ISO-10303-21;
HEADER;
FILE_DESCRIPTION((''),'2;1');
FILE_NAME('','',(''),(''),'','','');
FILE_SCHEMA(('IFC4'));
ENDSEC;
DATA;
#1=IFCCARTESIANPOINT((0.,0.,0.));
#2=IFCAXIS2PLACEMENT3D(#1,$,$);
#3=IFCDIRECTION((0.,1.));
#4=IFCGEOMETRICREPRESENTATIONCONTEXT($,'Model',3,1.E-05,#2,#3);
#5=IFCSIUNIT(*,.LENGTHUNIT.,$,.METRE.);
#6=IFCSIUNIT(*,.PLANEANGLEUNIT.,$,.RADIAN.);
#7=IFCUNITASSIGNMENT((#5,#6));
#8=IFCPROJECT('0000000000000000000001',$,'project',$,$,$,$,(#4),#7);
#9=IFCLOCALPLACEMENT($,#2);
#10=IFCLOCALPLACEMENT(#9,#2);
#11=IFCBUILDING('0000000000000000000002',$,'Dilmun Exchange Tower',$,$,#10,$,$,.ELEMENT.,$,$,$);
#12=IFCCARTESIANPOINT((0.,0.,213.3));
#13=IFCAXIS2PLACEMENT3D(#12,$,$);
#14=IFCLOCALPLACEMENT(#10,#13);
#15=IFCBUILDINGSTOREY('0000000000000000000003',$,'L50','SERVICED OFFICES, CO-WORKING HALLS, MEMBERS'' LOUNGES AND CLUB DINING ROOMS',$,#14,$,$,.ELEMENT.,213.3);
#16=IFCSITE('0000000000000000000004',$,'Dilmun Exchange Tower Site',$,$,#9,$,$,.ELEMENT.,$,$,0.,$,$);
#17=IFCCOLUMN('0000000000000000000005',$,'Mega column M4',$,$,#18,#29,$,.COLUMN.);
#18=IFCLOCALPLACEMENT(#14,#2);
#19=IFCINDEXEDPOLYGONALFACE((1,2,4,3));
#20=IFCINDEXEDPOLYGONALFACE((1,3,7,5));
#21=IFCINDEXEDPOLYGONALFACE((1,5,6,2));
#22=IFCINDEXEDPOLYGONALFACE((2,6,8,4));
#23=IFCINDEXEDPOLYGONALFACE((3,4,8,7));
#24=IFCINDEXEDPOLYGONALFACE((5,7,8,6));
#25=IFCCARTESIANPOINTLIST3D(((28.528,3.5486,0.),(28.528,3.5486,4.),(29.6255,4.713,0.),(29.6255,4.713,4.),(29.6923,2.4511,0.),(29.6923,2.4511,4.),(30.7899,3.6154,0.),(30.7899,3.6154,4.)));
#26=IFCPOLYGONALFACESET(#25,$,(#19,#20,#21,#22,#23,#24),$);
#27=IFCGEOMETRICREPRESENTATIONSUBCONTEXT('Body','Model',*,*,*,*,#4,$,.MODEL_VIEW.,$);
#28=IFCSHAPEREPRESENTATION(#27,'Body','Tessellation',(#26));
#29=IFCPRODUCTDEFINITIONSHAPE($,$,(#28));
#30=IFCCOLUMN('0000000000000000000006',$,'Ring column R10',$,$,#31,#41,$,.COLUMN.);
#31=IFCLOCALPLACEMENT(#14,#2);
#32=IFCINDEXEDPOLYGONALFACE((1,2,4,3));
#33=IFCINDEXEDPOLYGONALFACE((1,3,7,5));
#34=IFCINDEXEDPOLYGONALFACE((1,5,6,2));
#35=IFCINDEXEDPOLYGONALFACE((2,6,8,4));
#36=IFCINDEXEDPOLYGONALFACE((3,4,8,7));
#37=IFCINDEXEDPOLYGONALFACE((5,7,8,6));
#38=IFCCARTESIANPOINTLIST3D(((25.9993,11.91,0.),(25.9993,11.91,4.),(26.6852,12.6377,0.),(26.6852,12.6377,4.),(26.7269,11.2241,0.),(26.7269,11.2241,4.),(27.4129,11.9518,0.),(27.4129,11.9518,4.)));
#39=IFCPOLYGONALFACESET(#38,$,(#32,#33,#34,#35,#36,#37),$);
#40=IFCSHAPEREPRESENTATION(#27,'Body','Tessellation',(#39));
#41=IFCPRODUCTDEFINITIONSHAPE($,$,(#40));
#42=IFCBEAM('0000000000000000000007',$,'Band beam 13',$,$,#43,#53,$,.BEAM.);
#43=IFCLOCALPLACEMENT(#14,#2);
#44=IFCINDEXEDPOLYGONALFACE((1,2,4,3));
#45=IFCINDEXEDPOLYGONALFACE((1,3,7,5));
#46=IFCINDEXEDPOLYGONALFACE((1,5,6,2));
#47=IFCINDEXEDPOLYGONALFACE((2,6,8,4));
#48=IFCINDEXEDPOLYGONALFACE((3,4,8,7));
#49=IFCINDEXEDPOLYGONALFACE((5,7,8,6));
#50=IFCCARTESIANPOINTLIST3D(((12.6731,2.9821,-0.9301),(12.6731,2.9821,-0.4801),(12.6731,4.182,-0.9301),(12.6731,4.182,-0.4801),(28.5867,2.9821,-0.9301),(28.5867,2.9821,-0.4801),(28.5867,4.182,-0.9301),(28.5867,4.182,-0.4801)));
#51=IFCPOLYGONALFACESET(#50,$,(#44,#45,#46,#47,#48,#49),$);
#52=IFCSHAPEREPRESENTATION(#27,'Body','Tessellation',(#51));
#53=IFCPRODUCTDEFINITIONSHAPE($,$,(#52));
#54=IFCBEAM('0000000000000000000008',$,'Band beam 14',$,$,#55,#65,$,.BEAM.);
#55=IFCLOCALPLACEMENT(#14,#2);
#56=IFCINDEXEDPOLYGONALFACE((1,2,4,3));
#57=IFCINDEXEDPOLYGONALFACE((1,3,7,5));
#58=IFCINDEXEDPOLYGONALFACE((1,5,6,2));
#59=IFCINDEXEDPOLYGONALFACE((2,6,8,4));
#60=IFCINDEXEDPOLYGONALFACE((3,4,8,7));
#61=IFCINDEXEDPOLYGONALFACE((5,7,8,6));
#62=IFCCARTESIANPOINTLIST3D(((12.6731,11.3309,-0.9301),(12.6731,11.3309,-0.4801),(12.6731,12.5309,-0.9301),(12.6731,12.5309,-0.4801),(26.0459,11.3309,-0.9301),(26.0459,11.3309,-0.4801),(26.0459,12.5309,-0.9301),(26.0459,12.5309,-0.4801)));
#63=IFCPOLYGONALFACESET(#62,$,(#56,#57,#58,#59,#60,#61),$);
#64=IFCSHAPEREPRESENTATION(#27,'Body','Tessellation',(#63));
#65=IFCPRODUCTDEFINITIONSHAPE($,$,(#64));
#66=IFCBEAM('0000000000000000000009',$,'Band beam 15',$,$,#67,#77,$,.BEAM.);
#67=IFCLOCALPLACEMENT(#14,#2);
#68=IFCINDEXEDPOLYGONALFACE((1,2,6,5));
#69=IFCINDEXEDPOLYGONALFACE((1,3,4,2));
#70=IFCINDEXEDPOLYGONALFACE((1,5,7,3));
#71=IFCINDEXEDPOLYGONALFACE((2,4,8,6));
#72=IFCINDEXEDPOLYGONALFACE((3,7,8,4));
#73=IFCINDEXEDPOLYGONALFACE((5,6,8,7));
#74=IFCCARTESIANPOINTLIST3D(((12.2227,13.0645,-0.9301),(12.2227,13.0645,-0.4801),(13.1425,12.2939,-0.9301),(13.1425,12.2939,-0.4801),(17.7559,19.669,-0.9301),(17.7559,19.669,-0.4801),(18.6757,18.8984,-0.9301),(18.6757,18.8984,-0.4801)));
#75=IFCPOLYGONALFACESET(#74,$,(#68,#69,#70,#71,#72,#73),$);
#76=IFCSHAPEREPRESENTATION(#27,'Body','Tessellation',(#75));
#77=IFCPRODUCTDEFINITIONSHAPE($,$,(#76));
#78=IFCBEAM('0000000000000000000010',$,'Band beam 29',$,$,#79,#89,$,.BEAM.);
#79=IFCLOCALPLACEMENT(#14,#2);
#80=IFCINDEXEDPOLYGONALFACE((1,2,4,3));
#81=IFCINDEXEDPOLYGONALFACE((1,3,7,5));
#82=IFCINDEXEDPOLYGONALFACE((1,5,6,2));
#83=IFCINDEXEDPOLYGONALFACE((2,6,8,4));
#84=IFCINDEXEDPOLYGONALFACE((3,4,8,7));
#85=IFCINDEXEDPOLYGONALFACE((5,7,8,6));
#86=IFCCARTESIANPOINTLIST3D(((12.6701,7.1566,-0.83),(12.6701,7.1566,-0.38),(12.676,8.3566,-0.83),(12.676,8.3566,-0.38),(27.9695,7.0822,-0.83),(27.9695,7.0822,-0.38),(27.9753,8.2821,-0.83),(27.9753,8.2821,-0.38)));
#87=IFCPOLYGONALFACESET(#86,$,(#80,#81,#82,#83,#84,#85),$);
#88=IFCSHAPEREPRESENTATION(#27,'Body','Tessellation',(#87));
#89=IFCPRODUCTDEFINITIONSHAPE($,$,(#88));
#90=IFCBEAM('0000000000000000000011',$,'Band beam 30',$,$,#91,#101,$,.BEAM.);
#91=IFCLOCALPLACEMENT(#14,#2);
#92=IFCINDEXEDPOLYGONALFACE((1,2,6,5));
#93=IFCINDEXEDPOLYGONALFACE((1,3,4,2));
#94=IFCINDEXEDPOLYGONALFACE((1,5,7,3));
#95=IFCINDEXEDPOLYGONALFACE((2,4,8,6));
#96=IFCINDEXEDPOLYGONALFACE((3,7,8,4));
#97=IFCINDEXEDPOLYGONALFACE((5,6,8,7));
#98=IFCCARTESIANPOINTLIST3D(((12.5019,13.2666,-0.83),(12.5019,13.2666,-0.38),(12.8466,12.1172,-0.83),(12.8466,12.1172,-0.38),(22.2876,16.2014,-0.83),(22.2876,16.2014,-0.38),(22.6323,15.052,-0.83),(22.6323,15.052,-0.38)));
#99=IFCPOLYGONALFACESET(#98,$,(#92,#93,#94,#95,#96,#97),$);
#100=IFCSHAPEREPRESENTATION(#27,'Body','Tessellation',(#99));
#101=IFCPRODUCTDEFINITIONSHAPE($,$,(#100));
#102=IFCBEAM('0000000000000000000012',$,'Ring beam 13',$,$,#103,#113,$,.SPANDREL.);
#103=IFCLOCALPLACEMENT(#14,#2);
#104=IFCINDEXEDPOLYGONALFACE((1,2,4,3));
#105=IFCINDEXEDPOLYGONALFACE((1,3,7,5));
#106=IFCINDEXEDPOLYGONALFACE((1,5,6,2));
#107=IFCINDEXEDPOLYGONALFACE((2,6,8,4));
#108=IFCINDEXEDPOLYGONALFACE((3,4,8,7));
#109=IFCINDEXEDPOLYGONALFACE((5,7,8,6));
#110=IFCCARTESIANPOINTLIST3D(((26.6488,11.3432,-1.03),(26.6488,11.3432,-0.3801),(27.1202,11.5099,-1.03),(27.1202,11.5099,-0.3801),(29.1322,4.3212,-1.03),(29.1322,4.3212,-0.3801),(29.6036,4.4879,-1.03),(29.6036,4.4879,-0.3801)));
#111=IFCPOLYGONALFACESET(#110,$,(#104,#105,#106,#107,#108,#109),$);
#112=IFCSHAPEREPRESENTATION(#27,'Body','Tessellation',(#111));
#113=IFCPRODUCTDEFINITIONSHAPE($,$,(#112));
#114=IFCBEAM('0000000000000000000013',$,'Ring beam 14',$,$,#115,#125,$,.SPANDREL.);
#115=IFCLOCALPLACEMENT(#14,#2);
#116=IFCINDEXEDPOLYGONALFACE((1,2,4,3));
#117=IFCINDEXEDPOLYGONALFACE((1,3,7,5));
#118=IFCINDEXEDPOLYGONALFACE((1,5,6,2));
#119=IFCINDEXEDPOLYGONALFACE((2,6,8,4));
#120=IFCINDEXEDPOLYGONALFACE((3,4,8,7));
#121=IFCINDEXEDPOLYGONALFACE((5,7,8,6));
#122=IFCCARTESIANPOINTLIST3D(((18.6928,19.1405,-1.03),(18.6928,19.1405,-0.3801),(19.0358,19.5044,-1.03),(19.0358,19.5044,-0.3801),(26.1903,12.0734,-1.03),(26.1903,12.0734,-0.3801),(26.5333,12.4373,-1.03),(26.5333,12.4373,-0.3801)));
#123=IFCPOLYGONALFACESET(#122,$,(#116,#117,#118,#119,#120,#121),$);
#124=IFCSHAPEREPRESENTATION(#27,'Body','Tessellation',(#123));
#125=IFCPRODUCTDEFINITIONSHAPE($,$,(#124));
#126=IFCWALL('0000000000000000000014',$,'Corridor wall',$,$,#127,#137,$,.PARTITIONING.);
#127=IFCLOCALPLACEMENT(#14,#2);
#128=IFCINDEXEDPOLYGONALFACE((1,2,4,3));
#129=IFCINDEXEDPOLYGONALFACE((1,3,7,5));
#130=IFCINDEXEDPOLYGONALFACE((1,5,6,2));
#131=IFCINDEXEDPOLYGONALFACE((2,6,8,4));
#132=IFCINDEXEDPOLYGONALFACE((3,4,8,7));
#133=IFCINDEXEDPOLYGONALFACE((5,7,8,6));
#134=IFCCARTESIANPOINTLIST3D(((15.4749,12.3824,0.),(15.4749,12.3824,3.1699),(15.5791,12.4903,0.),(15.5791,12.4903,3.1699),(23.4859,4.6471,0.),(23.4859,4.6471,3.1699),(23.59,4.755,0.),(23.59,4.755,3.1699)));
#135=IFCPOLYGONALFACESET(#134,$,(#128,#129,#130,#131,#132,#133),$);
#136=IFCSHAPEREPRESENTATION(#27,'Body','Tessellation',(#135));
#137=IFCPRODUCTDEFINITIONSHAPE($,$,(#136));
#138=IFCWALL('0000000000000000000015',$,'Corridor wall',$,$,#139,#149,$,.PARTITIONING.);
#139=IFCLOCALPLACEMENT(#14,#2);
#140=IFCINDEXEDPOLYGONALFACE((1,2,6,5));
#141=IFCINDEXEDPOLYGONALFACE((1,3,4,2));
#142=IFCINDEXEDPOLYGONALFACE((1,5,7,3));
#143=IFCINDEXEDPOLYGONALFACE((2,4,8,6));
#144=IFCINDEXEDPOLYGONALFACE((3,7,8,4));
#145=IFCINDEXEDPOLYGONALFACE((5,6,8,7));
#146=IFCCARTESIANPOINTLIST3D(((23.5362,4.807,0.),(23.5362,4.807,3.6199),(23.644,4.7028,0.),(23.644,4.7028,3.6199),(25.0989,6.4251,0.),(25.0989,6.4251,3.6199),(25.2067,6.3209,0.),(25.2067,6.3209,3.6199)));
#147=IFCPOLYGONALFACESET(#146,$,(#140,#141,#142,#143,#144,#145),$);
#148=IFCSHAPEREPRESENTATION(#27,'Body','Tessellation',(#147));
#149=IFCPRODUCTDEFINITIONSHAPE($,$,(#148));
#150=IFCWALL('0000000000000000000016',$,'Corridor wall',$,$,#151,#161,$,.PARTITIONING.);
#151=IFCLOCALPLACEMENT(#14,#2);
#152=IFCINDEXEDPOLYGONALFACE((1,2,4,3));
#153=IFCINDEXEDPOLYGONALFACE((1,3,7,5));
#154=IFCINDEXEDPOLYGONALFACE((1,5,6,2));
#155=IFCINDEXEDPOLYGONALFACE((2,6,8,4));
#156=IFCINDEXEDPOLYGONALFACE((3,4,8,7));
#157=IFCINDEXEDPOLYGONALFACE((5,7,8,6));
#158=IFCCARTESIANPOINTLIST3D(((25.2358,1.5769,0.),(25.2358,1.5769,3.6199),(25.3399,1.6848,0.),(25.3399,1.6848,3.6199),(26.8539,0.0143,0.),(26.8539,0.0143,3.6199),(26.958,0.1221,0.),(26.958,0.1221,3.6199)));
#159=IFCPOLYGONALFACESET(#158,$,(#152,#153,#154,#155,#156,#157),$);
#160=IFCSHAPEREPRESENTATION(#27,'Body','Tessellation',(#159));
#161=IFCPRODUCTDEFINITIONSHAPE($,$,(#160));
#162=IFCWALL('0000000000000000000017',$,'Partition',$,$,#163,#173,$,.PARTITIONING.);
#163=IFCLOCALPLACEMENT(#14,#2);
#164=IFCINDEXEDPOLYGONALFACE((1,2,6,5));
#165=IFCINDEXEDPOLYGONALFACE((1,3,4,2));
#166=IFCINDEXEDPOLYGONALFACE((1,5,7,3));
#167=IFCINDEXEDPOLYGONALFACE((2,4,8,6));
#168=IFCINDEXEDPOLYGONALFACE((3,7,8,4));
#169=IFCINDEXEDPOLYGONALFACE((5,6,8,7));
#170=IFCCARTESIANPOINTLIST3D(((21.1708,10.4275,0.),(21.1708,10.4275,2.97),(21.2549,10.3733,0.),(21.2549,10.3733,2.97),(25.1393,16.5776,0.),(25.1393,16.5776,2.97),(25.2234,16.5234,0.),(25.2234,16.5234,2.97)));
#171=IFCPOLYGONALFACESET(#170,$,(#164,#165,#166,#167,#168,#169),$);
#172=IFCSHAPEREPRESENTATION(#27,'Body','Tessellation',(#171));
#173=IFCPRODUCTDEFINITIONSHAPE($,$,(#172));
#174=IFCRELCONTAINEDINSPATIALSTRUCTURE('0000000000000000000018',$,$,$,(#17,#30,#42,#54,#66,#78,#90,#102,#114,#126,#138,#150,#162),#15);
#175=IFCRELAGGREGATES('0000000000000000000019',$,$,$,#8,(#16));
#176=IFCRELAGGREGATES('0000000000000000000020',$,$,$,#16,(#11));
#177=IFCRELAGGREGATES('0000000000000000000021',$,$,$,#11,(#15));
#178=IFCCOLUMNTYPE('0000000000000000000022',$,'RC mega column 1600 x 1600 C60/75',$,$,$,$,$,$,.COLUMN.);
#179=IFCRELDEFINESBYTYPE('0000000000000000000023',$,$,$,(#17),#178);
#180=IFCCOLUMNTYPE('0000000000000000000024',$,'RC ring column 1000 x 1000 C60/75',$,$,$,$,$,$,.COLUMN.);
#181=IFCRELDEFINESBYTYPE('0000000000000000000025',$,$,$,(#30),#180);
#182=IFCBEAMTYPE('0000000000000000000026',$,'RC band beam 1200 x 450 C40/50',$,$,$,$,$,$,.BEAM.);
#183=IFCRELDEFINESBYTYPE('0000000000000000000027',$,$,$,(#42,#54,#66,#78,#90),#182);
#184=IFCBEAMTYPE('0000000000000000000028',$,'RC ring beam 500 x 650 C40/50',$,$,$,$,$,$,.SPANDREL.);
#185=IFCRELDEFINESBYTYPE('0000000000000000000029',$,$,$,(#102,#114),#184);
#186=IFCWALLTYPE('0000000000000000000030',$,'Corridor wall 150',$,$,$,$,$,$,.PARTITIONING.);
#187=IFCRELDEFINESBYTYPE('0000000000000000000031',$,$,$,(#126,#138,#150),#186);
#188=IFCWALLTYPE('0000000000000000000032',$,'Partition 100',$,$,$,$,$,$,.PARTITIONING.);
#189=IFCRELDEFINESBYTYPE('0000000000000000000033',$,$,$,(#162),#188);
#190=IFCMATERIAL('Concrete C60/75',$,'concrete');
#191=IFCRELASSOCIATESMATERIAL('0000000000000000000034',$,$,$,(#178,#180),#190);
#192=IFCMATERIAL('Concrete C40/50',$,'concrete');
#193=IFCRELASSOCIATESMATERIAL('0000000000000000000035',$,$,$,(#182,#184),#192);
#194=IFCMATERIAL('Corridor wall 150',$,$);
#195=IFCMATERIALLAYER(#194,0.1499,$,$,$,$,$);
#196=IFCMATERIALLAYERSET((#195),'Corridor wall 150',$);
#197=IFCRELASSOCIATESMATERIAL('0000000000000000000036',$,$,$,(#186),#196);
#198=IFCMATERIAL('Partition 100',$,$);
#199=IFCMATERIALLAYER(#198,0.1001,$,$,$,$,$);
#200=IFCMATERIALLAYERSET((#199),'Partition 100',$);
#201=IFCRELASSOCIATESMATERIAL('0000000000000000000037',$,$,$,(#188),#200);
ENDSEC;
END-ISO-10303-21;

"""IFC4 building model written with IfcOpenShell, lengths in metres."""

from ifc_helpers import new_model, si_unit, direction, frame, frame_2d, origin, origin_2d, place, context, subcontext, project, spatial, rectangle, extrude, material, layer, layer_set, material_profile, profile_set, type_object, element, save


model = new_model("IFC4")

# Units and contexts
model_context = context("Model", 3, precision=1e-05, world=origin(), true_north=direction((0.0, 1.0)))
body_context = subcontext(model_context, "Body", "Model", "MODEL_VIEW")
ifc_project = project(units=[si_unit("LENGTHUNIT", "METRE"), si_unit("PLANEANGLEUNIT", "RADIAN")], contexts=[model_context])

# Site, building, storey
site_placement = place(None, origin())
site = spatial("IfcSite", under=ifc_project, at=site_placement, Name="Dilmun Exchange Tower Site", CompositionType="ELEMENT", RefElevation=0.0)
building_placement = place(site_placement, origin())
building = spatial("IfcBuilding", under=site, at=building_placement, Name="Dilmun Exchange Tower", CompositionType="ELEMENT")
storey_placement = place(building_placement, frame((0.0, 0.0, 213.3)))
storey = spatial("IfcBuildingStorey", under=building, at=storey_placement, Name="L50", Description="SERVICED OFFICES, CO-WORKING HALLS, MEMBERS' LOUNGES AND CLUB DINING ROOMS", CompositionType="ELEMENT", Elevation=213.3)

# Columns
ifc_material_1 = material(Name="Concrete C60/75", Category="concrete")
ifc_material_profile_1 = material_profile(ifc_material_1, rectangle(XDim=1.6001, YDim=1.6001, at=origin_2d()), Name="1600 x 1600")
ifc_profile_set_1 = profile_set([ifc_material_profile_1], Name="Concrete C60/75")
column_type_1 = type_object("IfcColumnType", Name="RC mega column 1600 x 1600 C60/75", PredefinedType="COLUMN", material=ifc_profile_set_1)
column_1_placement = place(storey_placement, frame((29.6589, 3.582, 0.0), z_axis=(0.0, 0.0, 1.0), x_axis=(0.685916, 0.727681, 0.0)))
element("IfcColumn", 1, at=column_1_placement, inside=storey, type_object=column_type_1, Name="Mega column M4", PredefinedType="COLUMN", context=body_context, shape_type="SweptSolid", body=[
    extrude(rectangle(XDim=1.6001, YDim=1.6001, at=origin_2d()), origin(), (0.0, 0.0, 1.0), 4.0),
])
ifc_material_profile_2 = material_profile(ifc_material_1, rectangle(XDim=1.0, YDim=1.0, at=origin_2d()), Name="1000 x 1000")
ifc_profile_set_2 = profile_set([ifc_material_profile_2], Name="Concrete C60/75")
column_type_2 = type_object("IfcColumnType", Name="RC ring column 1000 x 1000 C60/75", PredefinedType="COLUMN", material=ifc_profile_set_2)
column_2_placement = place(storey_placement, frame((26.7061, 11.9309, 0.0), z_axis=(0.0, 0.0, 1.0), x_axis=(0.685916, 0.727681, 0.0)))
element("IfcColumn", 2, at=column_2_placement, inside=storey, type_object=column_type_2, Name="Ring column R10", PredefinedType="COLUMN", context=body_context, shape_type="SweptSolid", body=[
    extrude(rectangle(XDim=1.0, YDim=1.0, at=origin_2d()), origin(), (0.0, 0.0, 1.0), 4.0),
])

# Beams
ifc_material_2 = material(Name="Concrete C40/50", Category="concrete")
ifc_material_profile_3 = material_profile(ifc_material_2, rectangle(XDim=1.2, YDim=0.45, at=origin_2d()), Name="1200 x 450")
ifc_profile_set_3 = profile_set([ifc_material_profile_3], Name="Concrete C40/50")
beam_type_1 = type_object("IfcBeamType", Name="RC band beam 1200 x 450 C40/50", PredefinedType="BEAM", material=ifc_profile_set_3)
beam_1_placement = place(storey_placement, frame((28.5867, 3.582, -0.7051), z_axis=(-1.0, 0.0, 0.0), x_axis=(0.0, -1.0, 0.0)))
element("IfcBeam", 3, at=beam_1_placement, inside=storey, type_object=beam_type_1, Name="Band beam 13", PredefinedType="BEAM", context=body_context, shape_type="SweptSolid", body=[
    extrude(rectangle(XDim=1.2, YDim=0.45, at=origin_2d()), origin(), (0.0, 0.0, 1.0), 15.9136),
])
beam_2_placement = place(storey_placement, frame((26.0459, 11.9309, -0.7051), z_axis=(-1.0, 0.0, 0.0), x_axis=(0.0, -1.0, 0.0)))
element("IfcBeam", 4, at=beam_2_placement, inside=storey, type_object=beam_type_1, Name="Band beam 14", PredefinedType="BEAM", context=body_context, shape_type="SweptSolid", body=[
    extrude(rectangle(XDim=1.2, YDim=0.45, at=origin_2d()), origin(), (0.0, 0.0, 1.0), 13.3728),
])
beam_3_placement = place(storey_placement, frame((18.2158, 19.2837, -0.7051), z_axis=(-0.6422, -0.766537, 0.0), x_axis=(0.766537, -0.6422, 0.0)))
element("IfcBeam", 5, at=beam_3_placement, inside=storey, type_object=beam_type_1, Name="Band beam 15", PredefinedType="BEAM", context=body_context, shape_type="SweptSolid", body=[
    extrude(rectangle(XDim=1.2, YDim=0.45, at=origin_2d()), origin(), (0.0, 0.0, 1.0), 8.616),
])
beam_4_placement = place(storey_placement, frame((27.9724, 7.6821, -0.605), z_axis=(-0.999988, 0.004867, 0.0), x_axis=(-0.004867, -0.999988, 0.0)))
element("IfcBeam", 6, at=beam_4_placement, inside=storey, type_object=beam_type_1, Name="Band beam 29", PredefinedType="BEAM", context=body_context, shape_type="SweptSolid", body=[
    extrude(rectangle(XDim=1.2, YDim=0.45, at=origin_2d()), origin(), (0.0, 0.0, 1.0), 15.2996),
])
beam_5_placement = place(storey_placement, frame((22.46, 15.6267, -0.605), z_axis=(-0.95785, -0.287269, 0.0), x_axis=(0.287269, -0.95785, 0.0)))
element("IfcBeam", 7, at=beam_5_placement, inside=storey, type_object=beam_type_1, Name="Band beam 30", PredefinedType="BEAM", context=body_context, shape_type="SweptSolid", body=[
    extrude(rectangle(XDim=1.2, YDim=0.45, at=origin_2d()), origin(), (0.0, 0.0, 1.0), 10.2163),
])
ifc_material_profile_4 = material_profile(ifc_material_2, rectangle(XDim=0.5, YDim=0.6499, at=origin_2d()), Name="500 x 650")
ifc_profile_set_4 = profile_set([ifc_material_profile_4], Name="Concrete C40/50")
beam_type_2 = type_object("IfcBeamType", Name="RC ring beam 500 x 650 C40/50", PredefinedType="SPANDREL", material=ifc_profile_set_4)
beam_6_placement = place(storey_placement, frame((29.3679, 4.4045, -0.7051), z_axis=(-0.333424, 0.942777, 0.0), x_axis=(-0.942777, -0.333424, 0.0)))
element("IfcBeam", 8, at=beam_6_placement, inside=storey, type_object=beam_type_2, Name="Ring beam 13", PredefinedType="SPANDREL", context=body_context, shape_type="SweptSolid", body=[
    extrude(rectangle(XDim=0.5, YDim=0.6499, at=origin_2d()), origin(), (0.0, 0.0, 1.0), 7.4482),
])
beam_7_placement = place(storey_placement, frame((26.3618, 12.2554, -0.7051), z_axis=(-0.727686, 0.685911, 0.0), x_axis=(-0.685911, -0.727686, 0.0)))
element("IfcBeam", 9, at=beam_7_placement, inside=storey, type_object=beam_type_2, Name="Ring beam 14", PredefinedType="SPANDREL", context=body_context, shape_type="SweptSolid", body=[
    extrude(rectangle(XDim=0.5, YDim=0.6499, at=origin_2d()), origin(), (0.0, 0.0, 1.0), 10.3032),
])

# Walls
ifc_material_3 = material(Name="Corridor wall 150")
ifc_layer_1 = layer(ifc_material_3, 0.1499)
ifc_layer_set_1 = layer_set([ifc_layer_1], Name="Corridor wall 150")
wall_type_1 = type_object("IfcWallType", Name="Corridor wall 150", PredefinedType="PARTITIONING", material=ifc_layer_set_1)
wall_1_placement = place(storey_placement, frame((15.5271, 12.4363, 0.0), z_axis=(0.0, 0.0, 1.0), x_axis=(0.719374, -0.694623, 0.0)))
element("IfcWall", 10, at=wall_1_placement, inside=storey, type_object=wall_type_1, Name="Corridor wall", PredefinedType="PARTITIONING", context=body_context, shape_type="SweptSolid", body=[
    extrude(rectangle(XDim=11.136, YDim=0.1499, at=frame_2d((5.5679, 0.0))), origin(), (0.0, 0.0, 1.0), 3.1699),
])
for number, where, z_axis, x_axis, name in (
    (11, (23.5901, 4.7549, 0.0), (0.0, 0.0, 1.0), (0.694682, 0.719317, 0.0), "Corridor wall"),
    (12, (25.2878, 1.6309, 0.0), (0.0, 0.0, 1.0), (0.719317, -0.694682, 0.0), "Corridor wall"),
):
    element("IfcWall", number, at=place(storey_placement, frame(where, z_axis=z_axis, x_axis=x_axis)), inside=storey, type_object=wall_type_1, Name=name, PredefinedType="PARTITIONING", context=body_context, shape_type="SweptSolid", body=[
        extrude(rectangle(XDim=2.2495, YDim=0.1499, at=frame_2d((1.1248, 0.0))), origin(), (0.0, 0.0, 1.0), 3.6199),
    ])
ifc_material_4 = material(Name="Partition 100")
ifc_layer_2 = layer(ifc_material_4, 0.1001)
ifc_layer_set_2 = layer_set([ifc_layer_2], Name="Partition 100")
wall_type_2 = type_object("IfcWallType", Name="Partition 100", PredefinedType="PARTITIONING", material=ifc_layer_set_2)
wall_2_placement = place(storey_placement, frame((21.2129, 10.4004, 0.0), z_axis=(0.0, 0.0, 1.0), x_axis=(0.542191, 0.840255, 0.0)))
element("IfcWall", 13, at=wall_2_placement, inside=storey, type_object=wall_type_2, Name="Partition", PredefinedType="PARTITIONING", context=body_context, shape_type="SweptSolid", body=[
    extrude(rectangle(XDim=7.3193, YDim=0.1001, at=frame_2d((3.6597, 0.0))), origin(), (0.0, 0.0, 1.0), 2.97),
])

save(model, "model.ifc")
